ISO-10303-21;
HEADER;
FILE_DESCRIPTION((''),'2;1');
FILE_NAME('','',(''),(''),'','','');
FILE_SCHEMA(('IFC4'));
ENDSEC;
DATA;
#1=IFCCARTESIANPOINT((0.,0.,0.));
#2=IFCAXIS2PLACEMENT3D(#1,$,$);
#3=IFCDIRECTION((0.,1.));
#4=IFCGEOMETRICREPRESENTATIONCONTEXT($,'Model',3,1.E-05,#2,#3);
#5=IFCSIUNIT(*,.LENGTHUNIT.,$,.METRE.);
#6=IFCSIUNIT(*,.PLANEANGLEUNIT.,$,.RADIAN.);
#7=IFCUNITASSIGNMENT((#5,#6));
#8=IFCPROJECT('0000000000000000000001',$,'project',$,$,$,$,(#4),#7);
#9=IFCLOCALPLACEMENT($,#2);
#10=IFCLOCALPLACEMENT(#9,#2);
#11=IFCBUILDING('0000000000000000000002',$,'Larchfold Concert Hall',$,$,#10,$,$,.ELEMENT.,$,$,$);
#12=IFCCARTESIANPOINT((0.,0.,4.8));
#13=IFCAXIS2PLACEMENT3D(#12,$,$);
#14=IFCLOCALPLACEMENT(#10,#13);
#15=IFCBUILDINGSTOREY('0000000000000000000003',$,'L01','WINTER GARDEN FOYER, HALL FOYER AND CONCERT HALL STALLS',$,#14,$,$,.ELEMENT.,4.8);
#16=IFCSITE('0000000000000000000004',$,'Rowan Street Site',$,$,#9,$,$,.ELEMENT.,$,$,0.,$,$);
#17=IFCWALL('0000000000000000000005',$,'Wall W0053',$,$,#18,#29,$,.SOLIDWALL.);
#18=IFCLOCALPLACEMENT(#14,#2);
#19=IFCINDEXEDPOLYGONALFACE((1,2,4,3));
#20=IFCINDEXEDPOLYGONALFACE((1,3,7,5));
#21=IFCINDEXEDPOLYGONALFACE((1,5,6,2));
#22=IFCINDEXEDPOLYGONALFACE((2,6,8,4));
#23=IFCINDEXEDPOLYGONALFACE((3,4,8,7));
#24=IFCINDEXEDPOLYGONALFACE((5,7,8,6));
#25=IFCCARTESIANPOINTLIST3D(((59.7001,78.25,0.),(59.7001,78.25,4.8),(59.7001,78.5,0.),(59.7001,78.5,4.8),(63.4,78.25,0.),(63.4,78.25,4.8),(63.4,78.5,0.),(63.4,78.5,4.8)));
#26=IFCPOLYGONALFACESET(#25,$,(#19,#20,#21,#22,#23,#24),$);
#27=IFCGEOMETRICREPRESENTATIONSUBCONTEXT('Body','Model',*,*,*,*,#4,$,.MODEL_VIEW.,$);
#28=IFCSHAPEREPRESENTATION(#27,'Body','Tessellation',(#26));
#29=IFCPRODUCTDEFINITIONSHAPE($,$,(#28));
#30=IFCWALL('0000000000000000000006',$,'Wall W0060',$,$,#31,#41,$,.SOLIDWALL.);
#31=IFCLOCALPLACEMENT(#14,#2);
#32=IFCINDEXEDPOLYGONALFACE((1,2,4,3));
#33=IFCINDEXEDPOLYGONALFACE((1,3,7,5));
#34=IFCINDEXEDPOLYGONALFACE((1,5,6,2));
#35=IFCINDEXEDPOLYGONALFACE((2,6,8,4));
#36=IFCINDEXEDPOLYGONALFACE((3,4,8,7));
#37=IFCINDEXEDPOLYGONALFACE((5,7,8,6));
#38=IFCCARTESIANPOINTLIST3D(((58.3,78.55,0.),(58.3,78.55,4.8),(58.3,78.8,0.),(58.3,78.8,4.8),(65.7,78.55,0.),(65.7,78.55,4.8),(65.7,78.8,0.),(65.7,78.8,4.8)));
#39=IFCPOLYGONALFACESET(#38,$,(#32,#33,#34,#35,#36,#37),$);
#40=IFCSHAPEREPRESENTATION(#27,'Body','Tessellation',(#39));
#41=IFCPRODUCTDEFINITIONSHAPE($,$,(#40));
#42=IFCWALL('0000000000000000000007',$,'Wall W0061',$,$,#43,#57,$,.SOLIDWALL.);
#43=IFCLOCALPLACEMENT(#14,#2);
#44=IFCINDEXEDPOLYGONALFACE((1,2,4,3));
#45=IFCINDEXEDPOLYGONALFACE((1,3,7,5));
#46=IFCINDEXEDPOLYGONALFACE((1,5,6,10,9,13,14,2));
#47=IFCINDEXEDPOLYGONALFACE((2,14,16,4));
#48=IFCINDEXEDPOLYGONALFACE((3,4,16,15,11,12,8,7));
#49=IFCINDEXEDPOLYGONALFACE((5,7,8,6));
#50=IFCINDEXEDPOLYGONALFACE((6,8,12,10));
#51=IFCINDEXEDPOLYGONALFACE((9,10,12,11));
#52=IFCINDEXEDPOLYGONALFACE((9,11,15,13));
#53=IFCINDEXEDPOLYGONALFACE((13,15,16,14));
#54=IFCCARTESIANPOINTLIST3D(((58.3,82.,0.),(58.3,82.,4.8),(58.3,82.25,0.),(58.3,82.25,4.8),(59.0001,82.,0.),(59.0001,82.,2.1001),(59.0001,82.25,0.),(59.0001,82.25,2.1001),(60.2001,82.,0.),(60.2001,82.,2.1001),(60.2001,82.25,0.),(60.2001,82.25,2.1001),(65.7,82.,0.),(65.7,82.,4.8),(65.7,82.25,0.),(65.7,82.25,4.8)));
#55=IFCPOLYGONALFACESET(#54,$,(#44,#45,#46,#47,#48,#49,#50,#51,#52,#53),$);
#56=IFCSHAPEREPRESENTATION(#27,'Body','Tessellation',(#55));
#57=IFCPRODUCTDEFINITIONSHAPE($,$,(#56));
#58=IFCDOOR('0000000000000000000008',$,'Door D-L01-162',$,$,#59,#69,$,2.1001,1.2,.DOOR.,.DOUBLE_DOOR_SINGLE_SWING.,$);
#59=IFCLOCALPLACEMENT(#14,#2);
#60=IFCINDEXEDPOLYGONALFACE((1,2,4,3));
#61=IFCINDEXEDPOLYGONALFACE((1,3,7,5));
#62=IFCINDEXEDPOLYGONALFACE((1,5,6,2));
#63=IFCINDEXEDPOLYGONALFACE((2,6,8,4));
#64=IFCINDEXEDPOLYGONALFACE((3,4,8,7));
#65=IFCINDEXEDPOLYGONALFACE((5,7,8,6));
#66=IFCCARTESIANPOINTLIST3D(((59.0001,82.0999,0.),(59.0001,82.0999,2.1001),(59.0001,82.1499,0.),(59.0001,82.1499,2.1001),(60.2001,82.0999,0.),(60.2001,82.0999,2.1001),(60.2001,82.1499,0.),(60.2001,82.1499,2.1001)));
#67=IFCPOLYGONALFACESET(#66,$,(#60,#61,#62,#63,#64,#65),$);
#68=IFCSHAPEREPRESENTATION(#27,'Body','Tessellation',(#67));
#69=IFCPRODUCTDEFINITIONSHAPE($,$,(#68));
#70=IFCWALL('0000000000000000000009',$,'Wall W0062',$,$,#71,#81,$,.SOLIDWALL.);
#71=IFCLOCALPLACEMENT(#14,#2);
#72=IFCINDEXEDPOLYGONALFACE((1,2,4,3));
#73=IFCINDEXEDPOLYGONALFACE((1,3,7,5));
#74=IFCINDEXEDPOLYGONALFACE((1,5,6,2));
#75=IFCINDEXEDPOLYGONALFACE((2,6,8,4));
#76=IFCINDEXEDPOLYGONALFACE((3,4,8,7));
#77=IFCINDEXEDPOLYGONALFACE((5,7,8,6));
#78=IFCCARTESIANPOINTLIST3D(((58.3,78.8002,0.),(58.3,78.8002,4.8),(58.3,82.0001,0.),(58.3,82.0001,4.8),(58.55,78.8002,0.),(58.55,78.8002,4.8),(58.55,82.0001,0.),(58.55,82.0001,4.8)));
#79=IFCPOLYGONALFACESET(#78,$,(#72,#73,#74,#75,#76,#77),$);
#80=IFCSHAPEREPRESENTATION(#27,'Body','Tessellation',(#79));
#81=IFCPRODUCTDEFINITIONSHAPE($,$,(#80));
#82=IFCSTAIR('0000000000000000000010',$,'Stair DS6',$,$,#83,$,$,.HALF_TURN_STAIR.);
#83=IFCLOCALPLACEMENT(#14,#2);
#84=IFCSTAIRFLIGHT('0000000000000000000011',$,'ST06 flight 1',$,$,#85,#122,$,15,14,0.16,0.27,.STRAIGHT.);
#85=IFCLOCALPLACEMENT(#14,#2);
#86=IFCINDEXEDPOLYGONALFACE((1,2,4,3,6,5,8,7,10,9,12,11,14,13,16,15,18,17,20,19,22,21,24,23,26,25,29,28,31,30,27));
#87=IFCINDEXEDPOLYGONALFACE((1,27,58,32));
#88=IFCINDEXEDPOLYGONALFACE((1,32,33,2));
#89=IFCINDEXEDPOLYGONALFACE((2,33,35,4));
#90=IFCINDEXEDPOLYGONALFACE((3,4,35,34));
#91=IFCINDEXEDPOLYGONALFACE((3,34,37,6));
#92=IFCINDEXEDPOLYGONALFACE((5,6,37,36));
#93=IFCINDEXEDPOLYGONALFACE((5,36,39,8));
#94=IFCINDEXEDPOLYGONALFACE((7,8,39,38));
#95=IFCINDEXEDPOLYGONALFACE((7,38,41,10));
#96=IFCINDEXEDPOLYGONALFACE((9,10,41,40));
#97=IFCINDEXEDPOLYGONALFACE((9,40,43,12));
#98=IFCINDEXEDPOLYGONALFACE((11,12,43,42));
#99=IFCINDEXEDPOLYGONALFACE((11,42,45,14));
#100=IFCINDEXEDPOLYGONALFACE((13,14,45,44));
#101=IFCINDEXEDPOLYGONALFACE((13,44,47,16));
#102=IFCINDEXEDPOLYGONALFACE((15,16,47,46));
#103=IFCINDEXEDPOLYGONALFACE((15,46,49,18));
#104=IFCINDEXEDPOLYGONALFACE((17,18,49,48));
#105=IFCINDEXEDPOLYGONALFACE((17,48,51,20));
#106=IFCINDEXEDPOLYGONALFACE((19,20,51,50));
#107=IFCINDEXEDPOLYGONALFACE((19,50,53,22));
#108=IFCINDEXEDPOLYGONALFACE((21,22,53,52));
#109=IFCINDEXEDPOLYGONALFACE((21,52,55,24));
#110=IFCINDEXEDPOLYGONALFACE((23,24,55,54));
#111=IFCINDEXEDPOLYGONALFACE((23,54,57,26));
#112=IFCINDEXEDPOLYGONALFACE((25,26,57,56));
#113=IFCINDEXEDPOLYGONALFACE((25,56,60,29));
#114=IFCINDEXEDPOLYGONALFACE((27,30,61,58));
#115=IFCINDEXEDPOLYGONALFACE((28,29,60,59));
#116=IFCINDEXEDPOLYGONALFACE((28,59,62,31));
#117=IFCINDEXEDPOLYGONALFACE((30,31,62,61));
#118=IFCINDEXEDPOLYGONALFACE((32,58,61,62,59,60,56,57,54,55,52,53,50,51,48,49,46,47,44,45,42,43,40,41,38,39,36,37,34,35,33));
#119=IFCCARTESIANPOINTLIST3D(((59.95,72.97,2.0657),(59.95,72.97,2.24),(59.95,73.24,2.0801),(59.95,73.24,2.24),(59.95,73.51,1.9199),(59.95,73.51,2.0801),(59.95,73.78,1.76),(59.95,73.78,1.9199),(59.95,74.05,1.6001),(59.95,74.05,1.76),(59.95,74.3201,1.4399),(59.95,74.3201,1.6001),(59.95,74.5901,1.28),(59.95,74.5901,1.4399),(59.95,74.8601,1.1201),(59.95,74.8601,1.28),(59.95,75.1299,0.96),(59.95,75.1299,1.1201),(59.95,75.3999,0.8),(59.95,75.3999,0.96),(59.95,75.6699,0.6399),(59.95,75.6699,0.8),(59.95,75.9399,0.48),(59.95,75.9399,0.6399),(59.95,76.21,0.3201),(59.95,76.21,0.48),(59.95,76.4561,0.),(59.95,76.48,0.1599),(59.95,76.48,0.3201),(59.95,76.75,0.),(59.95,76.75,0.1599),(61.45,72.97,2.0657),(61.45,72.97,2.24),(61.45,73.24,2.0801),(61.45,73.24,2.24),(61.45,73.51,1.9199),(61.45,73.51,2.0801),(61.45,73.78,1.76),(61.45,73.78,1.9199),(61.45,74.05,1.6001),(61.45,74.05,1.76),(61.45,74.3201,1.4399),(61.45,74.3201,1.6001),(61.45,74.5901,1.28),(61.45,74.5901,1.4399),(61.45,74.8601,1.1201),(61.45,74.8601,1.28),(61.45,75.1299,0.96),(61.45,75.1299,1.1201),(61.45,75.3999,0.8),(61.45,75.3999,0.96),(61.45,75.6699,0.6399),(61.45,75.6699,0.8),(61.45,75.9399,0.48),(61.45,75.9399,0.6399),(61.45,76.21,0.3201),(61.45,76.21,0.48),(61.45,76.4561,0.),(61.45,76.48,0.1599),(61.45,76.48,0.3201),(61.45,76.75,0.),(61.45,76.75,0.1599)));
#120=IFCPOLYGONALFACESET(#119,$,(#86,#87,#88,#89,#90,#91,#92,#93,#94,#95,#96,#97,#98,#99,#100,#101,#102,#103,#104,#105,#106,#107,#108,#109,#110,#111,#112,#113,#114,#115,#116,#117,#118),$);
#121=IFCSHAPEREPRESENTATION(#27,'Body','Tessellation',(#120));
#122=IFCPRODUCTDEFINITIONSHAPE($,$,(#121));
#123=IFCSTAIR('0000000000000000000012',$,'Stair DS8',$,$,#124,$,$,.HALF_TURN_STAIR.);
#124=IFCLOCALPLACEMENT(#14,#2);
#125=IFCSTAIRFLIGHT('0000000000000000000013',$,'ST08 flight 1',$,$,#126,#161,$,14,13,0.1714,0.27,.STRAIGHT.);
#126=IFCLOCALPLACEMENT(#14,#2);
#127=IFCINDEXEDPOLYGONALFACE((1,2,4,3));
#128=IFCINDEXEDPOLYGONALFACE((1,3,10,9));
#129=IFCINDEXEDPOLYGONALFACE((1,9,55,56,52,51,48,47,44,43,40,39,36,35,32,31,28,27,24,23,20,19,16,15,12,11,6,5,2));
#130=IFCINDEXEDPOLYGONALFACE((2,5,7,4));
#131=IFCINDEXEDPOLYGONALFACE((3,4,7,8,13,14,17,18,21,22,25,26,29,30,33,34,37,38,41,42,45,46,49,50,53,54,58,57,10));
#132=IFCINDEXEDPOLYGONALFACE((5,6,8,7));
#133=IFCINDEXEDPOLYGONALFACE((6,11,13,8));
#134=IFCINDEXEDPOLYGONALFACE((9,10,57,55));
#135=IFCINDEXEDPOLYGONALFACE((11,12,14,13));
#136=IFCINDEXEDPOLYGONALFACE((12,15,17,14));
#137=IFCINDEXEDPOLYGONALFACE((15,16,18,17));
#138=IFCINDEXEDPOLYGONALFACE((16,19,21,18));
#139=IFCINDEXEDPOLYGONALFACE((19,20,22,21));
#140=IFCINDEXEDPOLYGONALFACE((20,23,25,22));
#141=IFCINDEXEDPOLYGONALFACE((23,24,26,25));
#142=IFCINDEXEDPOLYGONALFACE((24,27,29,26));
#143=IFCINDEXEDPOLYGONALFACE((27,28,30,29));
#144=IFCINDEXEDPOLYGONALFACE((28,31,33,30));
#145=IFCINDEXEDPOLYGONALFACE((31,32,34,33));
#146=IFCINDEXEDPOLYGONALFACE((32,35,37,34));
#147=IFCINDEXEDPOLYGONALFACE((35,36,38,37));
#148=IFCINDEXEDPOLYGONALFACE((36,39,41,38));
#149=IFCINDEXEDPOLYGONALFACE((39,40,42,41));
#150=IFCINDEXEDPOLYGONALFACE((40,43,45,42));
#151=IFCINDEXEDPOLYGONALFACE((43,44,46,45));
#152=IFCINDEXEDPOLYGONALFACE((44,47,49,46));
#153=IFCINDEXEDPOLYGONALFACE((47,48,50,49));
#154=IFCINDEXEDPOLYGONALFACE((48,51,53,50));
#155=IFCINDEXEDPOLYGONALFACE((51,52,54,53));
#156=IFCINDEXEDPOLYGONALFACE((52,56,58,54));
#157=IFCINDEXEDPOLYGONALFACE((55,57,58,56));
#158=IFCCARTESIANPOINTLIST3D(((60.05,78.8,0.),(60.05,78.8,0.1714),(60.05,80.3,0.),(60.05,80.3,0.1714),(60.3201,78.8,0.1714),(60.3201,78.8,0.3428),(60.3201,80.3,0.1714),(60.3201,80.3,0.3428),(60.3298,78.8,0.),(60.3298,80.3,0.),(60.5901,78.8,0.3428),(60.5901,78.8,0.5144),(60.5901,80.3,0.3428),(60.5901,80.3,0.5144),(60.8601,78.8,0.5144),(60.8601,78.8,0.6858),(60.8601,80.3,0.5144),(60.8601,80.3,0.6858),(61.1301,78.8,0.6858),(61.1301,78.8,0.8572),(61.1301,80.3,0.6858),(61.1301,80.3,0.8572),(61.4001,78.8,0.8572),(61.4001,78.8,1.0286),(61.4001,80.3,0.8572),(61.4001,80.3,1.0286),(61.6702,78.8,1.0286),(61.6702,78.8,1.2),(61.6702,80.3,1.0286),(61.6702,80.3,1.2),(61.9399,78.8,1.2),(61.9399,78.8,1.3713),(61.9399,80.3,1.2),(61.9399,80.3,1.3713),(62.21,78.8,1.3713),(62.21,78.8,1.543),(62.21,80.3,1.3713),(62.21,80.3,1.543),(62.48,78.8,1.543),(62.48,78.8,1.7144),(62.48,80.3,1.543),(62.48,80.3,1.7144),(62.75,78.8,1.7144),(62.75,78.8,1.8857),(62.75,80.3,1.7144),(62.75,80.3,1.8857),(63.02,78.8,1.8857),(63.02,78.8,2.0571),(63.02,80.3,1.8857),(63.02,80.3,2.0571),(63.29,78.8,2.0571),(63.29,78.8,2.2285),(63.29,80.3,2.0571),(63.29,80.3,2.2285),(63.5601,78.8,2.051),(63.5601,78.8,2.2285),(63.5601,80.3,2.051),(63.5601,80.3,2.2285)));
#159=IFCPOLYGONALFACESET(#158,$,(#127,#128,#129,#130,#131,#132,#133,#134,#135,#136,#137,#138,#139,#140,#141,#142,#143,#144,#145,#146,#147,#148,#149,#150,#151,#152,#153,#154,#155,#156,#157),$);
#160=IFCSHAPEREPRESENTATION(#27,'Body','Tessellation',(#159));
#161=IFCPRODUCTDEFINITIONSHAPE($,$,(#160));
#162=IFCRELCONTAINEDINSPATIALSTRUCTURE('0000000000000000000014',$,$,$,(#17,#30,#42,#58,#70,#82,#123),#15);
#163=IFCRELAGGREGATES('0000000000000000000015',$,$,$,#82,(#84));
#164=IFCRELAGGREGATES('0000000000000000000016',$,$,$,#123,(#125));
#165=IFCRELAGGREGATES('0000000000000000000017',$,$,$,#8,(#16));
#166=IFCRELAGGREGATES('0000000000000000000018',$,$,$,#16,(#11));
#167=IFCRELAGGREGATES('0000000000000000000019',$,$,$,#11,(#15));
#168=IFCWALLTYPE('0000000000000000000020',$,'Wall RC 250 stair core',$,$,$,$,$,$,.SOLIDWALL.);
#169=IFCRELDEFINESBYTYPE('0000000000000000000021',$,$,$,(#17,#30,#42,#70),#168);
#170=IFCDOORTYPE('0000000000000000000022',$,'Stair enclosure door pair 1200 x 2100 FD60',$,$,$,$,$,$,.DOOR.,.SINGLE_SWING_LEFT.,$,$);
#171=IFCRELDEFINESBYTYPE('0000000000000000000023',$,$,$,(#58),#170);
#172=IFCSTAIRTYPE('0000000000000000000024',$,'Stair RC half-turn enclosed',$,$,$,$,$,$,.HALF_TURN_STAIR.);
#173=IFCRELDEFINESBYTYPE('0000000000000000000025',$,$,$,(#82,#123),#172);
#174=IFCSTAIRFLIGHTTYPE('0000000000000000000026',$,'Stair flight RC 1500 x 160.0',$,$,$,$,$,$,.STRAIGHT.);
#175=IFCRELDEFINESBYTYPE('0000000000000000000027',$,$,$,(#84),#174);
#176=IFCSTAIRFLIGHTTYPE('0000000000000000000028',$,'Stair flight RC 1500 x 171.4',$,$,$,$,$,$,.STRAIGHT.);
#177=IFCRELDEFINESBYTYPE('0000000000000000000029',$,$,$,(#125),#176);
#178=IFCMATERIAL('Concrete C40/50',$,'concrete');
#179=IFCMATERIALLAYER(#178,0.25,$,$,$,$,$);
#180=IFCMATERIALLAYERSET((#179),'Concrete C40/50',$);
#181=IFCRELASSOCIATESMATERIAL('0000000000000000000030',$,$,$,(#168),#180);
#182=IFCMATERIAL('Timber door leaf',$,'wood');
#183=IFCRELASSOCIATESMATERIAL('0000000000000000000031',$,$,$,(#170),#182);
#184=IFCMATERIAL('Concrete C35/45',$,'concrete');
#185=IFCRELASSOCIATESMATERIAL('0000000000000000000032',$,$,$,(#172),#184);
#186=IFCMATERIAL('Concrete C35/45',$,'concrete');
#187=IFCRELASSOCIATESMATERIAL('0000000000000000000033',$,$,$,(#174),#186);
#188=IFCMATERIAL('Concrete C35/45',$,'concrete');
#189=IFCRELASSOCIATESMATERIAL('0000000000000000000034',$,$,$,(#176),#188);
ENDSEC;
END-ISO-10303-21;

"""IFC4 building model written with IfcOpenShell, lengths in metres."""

from ifc_helpers import new_model, si_unit, direction, frame, frame_2d, origin, place, context, subcontext, project, spatial, polyline, rectangle, outline, extrude, material, layer, layer_set, type_object, element, fill, aggregate, save


model = new_model("IFC4")

# Units and contexts
model_context = context("Model", 3, precision=1e-05, world=origin(), true_north=direction((0.0, 1.0)))
body_context = subcontext(model_context, "Body", "Model", "MODEL_VIEW")
ifc_project = project(units=[si_unit("LENGTHUNIT", "METRE"), si_unit("PLANEANGLEUNIT", "RADIAN")], contexts=[model_context])

# Site, building, storey
site_placement = place(None, origin())
site = spatial("IfcSite", under=ifc_project, at=site_placement, Name="Rowan Street Site", CompositionType="ELEMENT", RefElevation=0.0)
building_placement = place(site_placement, origin())
building = spatial("IfcBuilding", under=site, at=building_placement, Name="Larchfold Concert Hall", CompositionType="ELEMENT")
storey_placement = place(building_placement, frame((0.0, 0.0, 4.8)))
storey = spatial("IfcBuildingStorey", under=building, at=storey_placement, Name="L01", Description="WINTER GARDEN FOYER, HALL FOYER AND CONCERT HALL STALLS", CompositionType="ELEMENT", Elevation=4.8)

# Walls
ifc_material_1 = material(Name="Concrete C40/50", Category="concrete")
ifc_layer_1 = layer(ifc_material_1, 0.25)
ifc_layer_set_1 = layer_set([ifc_layer_1], Name="Concrete C40/50")
wall_type_1 = type_object("IfcWallType", Name="Wall RC 250 stair core", PredefinedType="SOLIDWALL", material=ifc_layer_set_1)
wall_1_placement = place(storey_placement, frame((59.7, 78.375, 0.0), z_axis=(0.0, 0.0, 1.0), x_axis=(1.0, 0.0, 0.0)))
element("IfcWall", 1, at=wall_1_placement, inside=storey, type_object=wall_type_1, Name="Wall W0053", PredefinedType="SOLIDWALL", context=body_context, shape_type="SweptSolid", body=[
    extrude(rectangle(XDim=3.7, YDim=0.25, at=frame_2d((1.8501, 0.0))), origin(), (0.0, 0.0, 1.0), 4.8),
])
wall_2_placement = place(storey_placement, frame((58.3, 78.675, 0.0), z_axis=(0.0, 0.0, 1.0), x_axis=(1.0, 0.0, 0.0)))
element("IfcWall", 2, at=wall_2_placement, inside=storey, type_object=wall_type_1, Name="Wall W0060", PredefinedType="SOLIDWALL", context=body_context, shape_type="SweptSolid", body=[
    extrude(rectangle(XDim=7.3999, YDim=0.25, at=frame_2d((3.7, 0.0))), origin(), (0.0, 0.0, 1.0), 4.8),
])

# Wall, opening, door
wall_3_placement = place(storey_placement, frame((58.3, 82.125, 0.0), z_axis=(0.0, 0.0, 1.0), x_axis=(1.0, 0.0, 0.0)))
wall_3 = element("IfcWall", 3, at=wall_3_placement, inside=storey, type_object=wall_type_1, Name="Wall W0061", PredefinedType="SOLIDWALL", context=body_context, shape_type="SweptSolid", body=[
    extrude(rectangle(XDim=7.3999, YDim=0.25, at=frame_2d((3.7, 0.0))), origin(), (0.0, 0.0, 1.0), 4.8),
])
opening_placement = place(wall_3_placement, frame((0.7, 0.0, 0.0)))
opening = element("IfcOpeningElement", 4, at=opening_placement, cuts=wall_3, PredefinedType="OPENING", context=body_context, shape_type="SweptSolid", body=[
    extrude(rectangle(XDim=1.2, YDim=2.1001, at=frame_2d((0.6001, 1.05))), frame((0.0, 0.135, 0.0), z_axis=(0.0, -1.0, 0.0), x_axis=(1.0, 0.0, 0.0)), (0.0, 0.0, 1.0), 0.27),
])
ifc_material_2 = material(Name="Timber door leaf", Category="wood")
door_type = type_object("IfcDoorType", Name="Stair enclosure door pair 1200 x 2100 FD60", OperationType="SINGLE_SWING_LEFT", PredefinedType="DOOR", material=ifc_material_2)
door_placement = place(opening_placement, origin())
door = element("IfcDoor", 5, at=door_placement, inside=storey, type_object=door_type, Name="Door D-L01-162", OperationType="DOUBLE_DOOR_SINGLE_SWING", OverallHeight=2.1001, OverallWidth=1.2, PredefinedType="DOOR", context=body_context, shape_type="SweptSolid", body=[
    extrude(rectangle(XDim=1.2, YDim=2.1001, at=frame_2d((0.6001, 1.05))), frame((0.0, 0.0249, 0.0), z_axis=(0.0, -1.0, 0.0), x_axis=(1.0, 0.0, 0.0)), (0.0, 0.0, 1.0), 0.05),
])
fill(opening, door)

# Wall
wall_4_placement = place(storey_placement, frame((58.425, 78.8, 0.0), z_axis=(0.0, 0.0, 1.0), x_axis=(0.0, 1.0, 0.0)))
element("IfcWall", 6, at=wall_4_placement, inside=storey, type_object=wall_type_1, Name="Wall W0062", PredefinedType="SOLIDWALL", context=body_context, shape_type="SweptSolid", body=[
    extrude(rectangle(XDim=3.2, YDim=0.25, at=frame_2d((1.6001, 0.0))), origin(), (0.0, 0.0, 1.0), 4.8),
])

# Stair, stair flight
ifc_material_3 = material(Name="Concrete C35/45", Category="concrete")
stair_type = type_object("IfcStairType", Name="Stair RC half-turn enclosed", PredefinedType="HALF_TURN_STAIR", material=ifc_material_3)
stair_1_placement = place(storey_placement, origin())
stair_1 = element("IfcStair", 7, at=stair_1_placement, inside=storey, type_object=stair_type, Name="Stair DS6", PredefinedType="HALF_TURN_STAIR")
ifc_material_4 = material(Name="Concrete C35/45", Category="concrete")
stair_flight_type_1 = type_object("IfcStairFlightType", Name="Stair flight RC 1500 x 160.0", PredefinedType="STRAIGHT", material=ifc_material_4)
stair_flight_1_placement = place(storey_placement, frame((60.7, 76.75, 0.0), z_axis=(0.0, 0.0, 1.0), x_axis=(0.0, -1.0, 0.0)))
stair_flight_1 = element("IfcStairFlight", 8, at=stair_flight_1_placement, type_object=stair_flight_type_1, Name="ST06 flight 1", NumberOfRisers=15, NumberOfTreads=14, PredefinedType="STRAIGHT", RiserHeight=0.16, TreadLength=0.27, context=body_context, shape_type="SweptSolid", body=[
    extrude(outline(polyline([(0.0, 0.0), (0.0, 0.1599), (0.27, 0.1599), (0.27, 0.3201), (0.54, 0.3201), (0.54, 0.48), (0.8101, 0.48), (0.8101, 0.6399), (1.0801, 0.6399), (1.0801, 0.8), (1.3501, 0.8), (1.3501, 0.96), (1.6201, 0.96), (1.6201, 1.1201), (1.8899, 1.1201), (1.8899, 1.28), (2.1599, 1.28), (2.1599, 1.4399), (2.4299, 1.4399), (2.4299, 1.6001), (2.7, 1.6001), (2.7, 1.76), (2.97, 1.76), (2.97, 1.9199), (3.24, 1.9199), (3.24, 2.0801), (3.51, 2.0801), (3.51, 2.24), (3.78, 2.24), (3.78, 2.3999), (3.78, 2.0657), (0.2939, 0.0), (0.0, 0.0)])), frame((0.0, 0.75, 0.0), z_axis=(0.0, -1.0, 0.0), x_axis=(1.0, 0.0, 0.0)), (0.0, 0.0, 1.0), 1.5),
])
aggregate(stair_1, [stair_flight_1])

# Stair, stair flight
stair_2_placement = place(storey_placement, origin())
stair_2 = element("IfcStair", 9, at=stair_2_placement, inside=storey, type_object=stair_type, Name="Stair DS8", PredefinedType="HALF_TURN_STAIR")
ifc_material_5 = material(Name="Concrete C35/45", Category="concrete")
stair_flight_type_2 = type_object("IfcStairFlightType", Name="Stair flight RC 1500 x 171.4", PredefinedType="STRAIGHT", material=ifc_material_5)
stair_flight_2_placement = place(storey_placement, frame((60.05, 79.55, 0.0), z_axis=(0.0, 0.0, 1.0), x_axis=(1.0, 0.0, 0.0)))
stair_flight_2 = element("IfcStairFlight", 10, at=stair_flight_2_placement, type_object=stair_flight_type_2, Name="ST08 flight 1", NumberOfRisers=14, NumberOfTreads=13, PredefinedType="STRAIGHT", RiserHeight=0.1714, TreadLength=0.27, context=body_context, shape_type="SweptSolid", body=[
    extrude(outline(polyline([(0.0, 0.0), (0.0, 0.1714), (0.27, 0.1714), (0.27, 0.3428), (0.54, 0.3428), (0.54, 0.5144), (0.8101, 0.5144), (0.8101, 0.6858), (1.0801, 0.6858), (1.0801, 0.8572), (1.3501, 0.8572), (1.3501, 1.0286), (1.6201, 1.0286), (1.6201, 1.2), (1.8899, 1.2), (1.8899, 1.3713), (2.1599, 1.3713), (2.1599, 1.543), (2.4299, 1.543), (2.4299, 1.7144), (2.7, 1.7144), (2.7, 1.8857), (2.97, 1.8857), (2.97, 2.0571), (3.24, 2.0571), (3.24, 2.2285), (3.51, 2.2285), (3.51, 2.3999), (3.51, 2.051), (0.2798, 0.0), (0.0, 0.0)])), frame((0.0, 0.75, 0.0), z_axis=(0.0, -1.0, 0.0), x_axis=(1.0, 0.0, 0.0)), (0.0, 0.0, 1.0), 1.5),
])
aggregate(stair_2, [stair_flight_2])

save(model, "model.ifc")
